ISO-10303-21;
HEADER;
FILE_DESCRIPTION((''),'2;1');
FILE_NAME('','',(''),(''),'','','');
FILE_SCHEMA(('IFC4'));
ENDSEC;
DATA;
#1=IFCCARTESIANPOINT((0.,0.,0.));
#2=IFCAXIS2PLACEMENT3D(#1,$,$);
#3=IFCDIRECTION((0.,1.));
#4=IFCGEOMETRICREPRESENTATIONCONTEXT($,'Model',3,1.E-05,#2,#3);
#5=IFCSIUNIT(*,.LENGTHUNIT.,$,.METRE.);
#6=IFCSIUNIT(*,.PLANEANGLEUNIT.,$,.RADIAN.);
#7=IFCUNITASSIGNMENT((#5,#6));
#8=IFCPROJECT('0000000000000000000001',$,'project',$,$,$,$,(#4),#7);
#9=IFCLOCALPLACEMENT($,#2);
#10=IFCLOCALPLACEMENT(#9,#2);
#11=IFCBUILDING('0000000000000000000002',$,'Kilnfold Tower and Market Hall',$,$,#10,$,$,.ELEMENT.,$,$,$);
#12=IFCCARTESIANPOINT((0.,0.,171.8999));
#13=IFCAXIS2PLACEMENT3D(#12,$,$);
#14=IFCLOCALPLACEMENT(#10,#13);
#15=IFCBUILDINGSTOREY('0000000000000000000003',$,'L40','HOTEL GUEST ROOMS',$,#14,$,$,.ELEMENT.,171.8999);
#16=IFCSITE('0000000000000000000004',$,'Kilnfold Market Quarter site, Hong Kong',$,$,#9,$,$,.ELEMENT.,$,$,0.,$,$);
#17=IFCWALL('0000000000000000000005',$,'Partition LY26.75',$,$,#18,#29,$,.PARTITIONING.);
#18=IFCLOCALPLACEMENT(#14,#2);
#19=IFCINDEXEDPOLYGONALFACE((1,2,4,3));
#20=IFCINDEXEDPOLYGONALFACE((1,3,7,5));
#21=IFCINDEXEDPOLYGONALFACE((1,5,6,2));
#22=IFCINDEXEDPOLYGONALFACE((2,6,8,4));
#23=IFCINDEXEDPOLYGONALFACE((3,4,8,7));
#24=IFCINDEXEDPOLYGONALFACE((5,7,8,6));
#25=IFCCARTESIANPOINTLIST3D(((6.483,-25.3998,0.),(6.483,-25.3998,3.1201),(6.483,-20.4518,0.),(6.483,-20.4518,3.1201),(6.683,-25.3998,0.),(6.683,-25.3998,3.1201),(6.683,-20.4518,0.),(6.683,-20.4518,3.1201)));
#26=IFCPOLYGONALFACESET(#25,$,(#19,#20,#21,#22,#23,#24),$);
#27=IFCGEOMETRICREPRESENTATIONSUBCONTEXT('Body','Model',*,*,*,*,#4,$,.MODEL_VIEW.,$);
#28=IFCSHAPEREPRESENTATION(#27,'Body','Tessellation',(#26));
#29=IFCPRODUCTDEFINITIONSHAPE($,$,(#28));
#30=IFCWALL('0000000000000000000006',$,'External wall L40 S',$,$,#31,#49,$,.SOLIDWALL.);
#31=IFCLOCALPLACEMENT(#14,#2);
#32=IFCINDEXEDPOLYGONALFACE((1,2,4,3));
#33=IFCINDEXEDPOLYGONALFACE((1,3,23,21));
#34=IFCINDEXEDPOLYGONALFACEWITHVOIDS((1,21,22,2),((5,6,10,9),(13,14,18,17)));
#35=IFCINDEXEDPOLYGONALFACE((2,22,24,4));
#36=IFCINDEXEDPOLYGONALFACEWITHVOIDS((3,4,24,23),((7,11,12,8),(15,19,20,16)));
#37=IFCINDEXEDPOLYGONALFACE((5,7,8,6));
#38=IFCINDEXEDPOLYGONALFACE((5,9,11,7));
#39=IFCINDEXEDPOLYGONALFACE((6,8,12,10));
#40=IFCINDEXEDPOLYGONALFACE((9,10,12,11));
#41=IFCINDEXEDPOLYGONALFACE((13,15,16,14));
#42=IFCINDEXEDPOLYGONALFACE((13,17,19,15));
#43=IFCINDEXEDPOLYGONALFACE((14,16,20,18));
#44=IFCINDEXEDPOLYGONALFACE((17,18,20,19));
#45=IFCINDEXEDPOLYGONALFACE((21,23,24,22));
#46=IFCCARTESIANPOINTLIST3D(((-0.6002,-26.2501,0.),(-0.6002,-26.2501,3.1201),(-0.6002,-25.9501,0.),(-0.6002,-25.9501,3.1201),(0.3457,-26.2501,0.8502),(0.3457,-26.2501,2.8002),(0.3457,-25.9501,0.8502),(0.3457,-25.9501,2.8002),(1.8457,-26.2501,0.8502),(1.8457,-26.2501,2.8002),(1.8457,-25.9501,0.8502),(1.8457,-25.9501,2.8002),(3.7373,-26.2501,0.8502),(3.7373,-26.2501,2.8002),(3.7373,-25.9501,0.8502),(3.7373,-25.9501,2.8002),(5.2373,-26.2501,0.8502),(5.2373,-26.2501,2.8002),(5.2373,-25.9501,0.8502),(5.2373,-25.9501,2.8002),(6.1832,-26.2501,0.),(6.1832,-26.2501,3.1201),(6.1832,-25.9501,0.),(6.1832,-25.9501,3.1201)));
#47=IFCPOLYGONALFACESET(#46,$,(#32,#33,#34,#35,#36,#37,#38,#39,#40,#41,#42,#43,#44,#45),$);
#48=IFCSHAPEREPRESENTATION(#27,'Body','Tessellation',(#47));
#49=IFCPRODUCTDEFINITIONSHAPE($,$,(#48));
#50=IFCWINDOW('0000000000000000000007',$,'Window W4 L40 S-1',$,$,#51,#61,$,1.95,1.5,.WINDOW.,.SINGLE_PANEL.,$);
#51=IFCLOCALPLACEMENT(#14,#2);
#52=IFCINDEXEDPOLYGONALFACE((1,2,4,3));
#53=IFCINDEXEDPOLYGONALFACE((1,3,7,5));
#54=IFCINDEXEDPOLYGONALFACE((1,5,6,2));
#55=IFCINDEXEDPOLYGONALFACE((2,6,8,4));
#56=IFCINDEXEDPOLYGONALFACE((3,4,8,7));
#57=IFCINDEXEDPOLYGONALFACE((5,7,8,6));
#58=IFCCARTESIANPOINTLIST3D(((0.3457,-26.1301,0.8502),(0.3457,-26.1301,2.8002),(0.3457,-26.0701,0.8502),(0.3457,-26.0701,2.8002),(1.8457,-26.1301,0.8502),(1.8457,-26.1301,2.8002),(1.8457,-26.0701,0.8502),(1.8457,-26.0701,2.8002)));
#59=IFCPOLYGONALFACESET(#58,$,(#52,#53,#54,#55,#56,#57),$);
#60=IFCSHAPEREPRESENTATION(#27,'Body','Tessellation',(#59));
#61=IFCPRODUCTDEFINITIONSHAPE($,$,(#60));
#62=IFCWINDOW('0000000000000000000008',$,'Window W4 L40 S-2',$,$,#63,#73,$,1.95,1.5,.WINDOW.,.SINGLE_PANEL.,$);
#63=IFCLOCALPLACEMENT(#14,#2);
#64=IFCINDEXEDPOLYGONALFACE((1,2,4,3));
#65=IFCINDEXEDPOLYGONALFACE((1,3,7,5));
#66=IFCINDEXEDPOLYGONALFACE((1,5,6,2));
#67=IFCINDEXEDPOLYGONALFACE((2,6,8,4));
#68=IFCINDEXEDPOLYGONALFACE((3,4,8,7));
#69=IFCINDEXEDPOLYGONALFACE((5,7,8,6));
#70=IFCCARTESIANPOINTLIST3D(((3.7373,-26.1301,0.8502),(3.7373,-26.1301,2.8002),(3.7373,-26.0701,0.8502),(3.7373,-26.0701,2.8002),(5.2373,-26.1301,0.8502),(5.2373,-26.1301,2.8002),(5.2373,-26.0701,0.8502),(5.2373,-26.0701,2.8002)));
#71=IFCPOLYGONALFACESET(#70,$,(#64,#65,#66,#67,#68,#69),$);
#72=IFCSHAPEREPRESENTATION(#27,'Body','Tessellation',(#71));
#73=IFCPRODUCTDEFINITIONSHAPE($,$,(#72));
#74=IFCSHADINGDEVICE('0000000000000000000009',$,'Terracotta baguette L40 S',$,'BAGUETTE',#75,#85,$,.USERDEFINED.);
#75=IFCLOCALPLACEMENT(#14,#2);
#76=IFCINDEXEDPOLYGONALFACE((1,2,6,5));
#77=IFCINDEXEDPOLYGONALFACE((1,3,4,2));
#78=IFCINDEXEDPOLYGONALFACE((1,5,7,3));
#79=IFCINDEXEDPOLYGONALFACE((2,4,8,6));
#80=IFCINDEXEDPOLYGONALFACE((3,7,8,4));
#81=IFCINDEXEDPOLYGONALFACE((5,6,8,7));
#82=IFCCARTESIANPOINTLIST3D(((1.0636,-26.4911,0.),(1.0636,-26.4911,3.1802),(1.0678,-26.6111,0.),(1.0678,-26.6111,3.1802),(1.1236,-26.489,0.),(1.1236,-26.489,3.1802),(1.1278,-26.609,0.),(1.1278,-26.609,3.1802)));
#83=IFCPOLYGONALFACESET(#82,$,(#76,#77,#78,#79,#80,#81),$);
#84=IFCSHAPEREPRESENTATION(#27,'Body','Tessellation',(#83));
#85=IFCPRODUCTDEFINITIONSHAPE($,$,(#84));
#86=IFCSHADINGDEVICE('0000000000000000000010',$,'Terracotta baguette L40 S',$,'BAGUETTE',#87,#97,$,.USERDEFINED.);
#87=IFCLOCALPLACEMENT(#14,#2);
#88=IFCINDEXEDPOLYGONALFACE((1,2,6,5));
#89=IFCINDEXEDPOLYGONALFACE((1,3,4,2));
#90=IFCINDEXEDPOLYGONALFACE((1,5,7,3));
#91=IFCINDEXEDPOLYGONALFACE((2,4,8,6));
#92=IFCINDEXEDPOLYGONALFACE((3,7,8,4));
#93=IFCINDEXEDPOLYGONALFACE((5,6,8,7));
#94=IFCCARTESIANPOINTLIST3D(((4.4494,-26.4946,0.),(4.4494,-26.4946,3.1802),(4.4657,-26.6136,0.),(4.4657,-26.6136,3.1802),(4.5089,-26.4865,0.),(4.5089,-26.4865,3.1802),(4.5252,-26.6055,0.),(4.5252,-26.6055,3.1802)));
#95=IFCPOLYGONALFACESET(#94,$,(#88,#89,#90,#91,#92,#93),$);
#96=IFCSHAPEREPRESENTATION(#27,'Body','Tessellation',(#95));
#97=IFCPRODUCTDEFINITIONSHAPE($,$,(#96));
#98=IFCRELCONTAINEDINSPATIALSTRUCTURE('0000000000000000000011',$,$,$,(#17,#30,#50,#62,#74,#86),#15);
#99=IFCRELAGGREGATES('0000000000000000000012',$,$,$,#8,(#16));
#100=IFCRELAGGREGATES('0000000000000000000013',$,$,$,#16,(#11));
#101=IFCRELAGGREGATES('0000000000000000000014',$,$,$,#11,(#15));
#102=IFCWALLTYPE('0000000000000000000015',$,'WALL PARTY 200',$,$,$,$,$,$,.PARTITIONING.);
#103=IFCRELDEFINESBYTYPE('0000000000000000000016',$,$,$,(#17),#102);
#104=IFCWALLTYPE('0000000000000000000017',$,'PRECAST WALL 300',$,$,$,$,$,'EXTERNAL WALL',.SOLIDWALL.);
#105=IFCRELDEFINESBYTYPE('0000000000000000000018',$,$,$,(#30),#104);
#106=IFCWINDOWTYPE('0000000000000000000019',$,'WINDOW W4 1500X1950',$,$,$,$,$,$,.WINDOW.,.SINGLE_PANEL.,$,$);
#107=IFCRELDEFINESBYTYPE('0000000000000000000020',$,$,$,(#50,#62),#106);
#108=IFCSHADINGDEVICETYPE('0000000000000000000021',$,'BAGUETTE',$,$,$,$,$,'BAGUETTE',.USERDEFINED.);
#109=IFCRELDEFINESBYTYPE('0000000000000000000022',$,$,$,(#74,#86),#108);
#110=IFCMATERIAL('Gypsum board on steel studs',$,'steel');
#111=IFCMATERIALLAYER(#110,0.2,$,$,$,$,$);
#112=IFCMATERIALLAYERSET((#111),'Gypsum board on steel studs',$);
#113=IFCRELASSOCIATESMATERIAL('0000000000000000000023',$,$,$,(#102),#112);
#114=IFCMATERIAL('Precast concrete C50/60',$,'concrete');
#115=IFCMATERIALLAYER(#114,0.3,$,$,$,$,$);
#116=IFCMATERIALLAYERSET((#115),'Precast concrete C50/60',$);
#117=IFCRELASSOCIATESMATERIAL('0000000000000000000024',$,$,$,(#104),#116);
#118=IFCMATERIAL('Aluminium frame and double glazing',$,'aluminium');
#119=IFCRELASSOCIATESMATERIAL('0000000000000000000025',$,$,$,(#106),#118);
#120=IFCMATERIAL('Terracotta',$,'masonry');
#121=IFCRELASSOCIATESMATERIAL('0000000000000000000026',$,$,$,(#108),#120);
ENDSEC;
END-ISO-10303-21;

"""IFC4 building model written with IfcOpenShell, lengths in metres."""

from ifc_helpers import new_model, si_unit, direction, frame, frame_2d, origin, origin_2d, place, context, subcontext, project, spatial, rectangle, extrude, source, transform, mapped, material, layer, layer_set, material_profile, profile_set, type_object, element, fill, save


model = new_model("IFC4")

# Units and contexts
model_context = context("Model", 3, precision=1e-05, world=origin(), true_north=direction((0.0, 1.0)))
body_context = subcontext(model_context, "Body", "Model", "MODEL_VIEW")
ifc_project = project(units=[si_unit("LENGTHUNIT", "METRE"), si_unit("PLANEANGLEUNIT", "RADIAN")], contexts=[model_context])

# Site, building, storey
site_placement = place(None, origin())
site = spatial("IfcSite", under=ifc_project, at=site_placement, Name="Kilnfold Market Quarter site, Hong Kong", CompositionType="ELEMENT", RefElevation=0.0)
building_placement = place(site_placement, origin())
building = spatial("IfcBuilding", under=site, at=building_placement, Name="Kilnfold Tower and Market Hall", CompositionType="ELEMENT")
storey_placement = place(building_placement, frame((0.0, 0.0, 171.8999)))
storey = spatial("IfcBuildingStorey", under=building, at=storey_placement, Name="L40", Description="HOTEL GUEST ROOMS", CompositionType="ELEMENT", Elevation=171.8999)

# Wall
ifc_material_1 = material(Name="Gypsum board on steel studs", Category="steel")
ifc_layer_1 = layer(ifc_material_1, 0.2)
ifc_layer_set_1 = layer_set([ifc_layer_1], Name="Gypsum board on steel studs")
wall_type_1 = type_object("IfcWallType", Name="WALL PARTY 200", PredefinedType="PARTITIONING", material=ifc_layer_set_1)
wall_1_placement = place(storey_placement, frame((6.583, -25.3999, 0.0), z_axis=(0.0, 0.0, 1.0), x_axis=(0.0, 1.0, 0.0)))
element("IfcWall", 1, at=wall_1_placement, inside=storey, type_object=wall_type_1, Name="Partition LY26.75", PredefinedType="PARTITIONING", context=body_context, shape_type="SweptSolid", body=[
    extrude(rectangle(XDim=4.948, YDim=0.2, at=frame_2d((2.4741, 0.0))), origin(), (0.0, 0.0, 1.0), 3.1201),
])

# Wall, openings, windows
ifc_material_2 = material(Name="Precast concrete C50/60", Category="concrete")
ifc_layer_2 = layer(ifc_material_2, 0.3)
ifc_layer_set_2 = layer_set([ifc_layer_2], Name="Precast concrete C50/60")
wall_type_2 = type_object("IfcWallType", Name="PRECAST WALL 300", ElementType="EXTERNAL WALL", PredefinedType="SOLIDWALL", material=ifc_layer_set_2)
shared_shape_1 = source(origin(), body_context, "Body", "SweptSolid", [
    extrude(rectangle(XDim=6.7834, YDim=0.3, at=frame_2d((3.3916, 0.0))), origin(), (0.0, 0.0, 1.0), 3.1201),
])
wall_2_placement = place(storey_placement, frame((-0.6001, -26.1001, 0.0), z_axis=(0.0, 0.0, 1.0), x_axis=(1.0, 0.0, 0.0)))
wall_2 = element("IfcWall", 2, at=wall_2_placement, inside=storey, type_object=wall_type_2, Name="External wall L40 S", PredefinedType="SOLIDWALL", context=body_context, shape_type="MappedRepresentation", body=[
    mapped(shared_shape_1, transform((0.0, 0.0, 0.0))),
])
opening_1_placement = place(wall_2_placement, frame((0.9458, 0.0, 0.8501)))
opening_1 = element("IfcOpeningElement", 3, at=opening_1_placement, cuts=wall_2, PredefinedType="OPENING", context=body_context, shape_type="SweptSolid", body=[
    extrude(rectangle(XDim=1.5, YDim=1.95, at=frame_2d((0.75, 0.9751))), frame((0.0, 0.1602, 0.0), z_axis=(0.0, -1.0, 0.0), x_axis=(1.0, 0.0, 0.0)), (0.0, 0.0, 1.0), 0.3201),
])
opening_2_placement = place(wall_2_placement, frame((4.3374, 0.0, 0.8501)))
opening_2 = element("IfcOpeningElement", 4, at=opening_2_placement, cuts=wall_2, PredefinedType="OPENING", context=body_context, shape_type="SweptSolid", body=[
    extrude(rectangle(XDim=1.5, YDim=1.95, at=frame_2d((0.75, 0.9751))), frame((0.0, 0.1602, 0.0), z_axis=(0.0, -1.0, 0.0), x_axis=(1.0, 0.0, 0.0)), (0.0, 0.0, 1.0), 0.3201),
])
ifc_material_3 = material(Name="Aluminium frame and double glazing", Category="aluminium")
window_type = type_object("IfcWindowType", Name="WINDOW W4 1500X1950", PartitioningType="SINGLE_PANEL", PredefinedType="WINDOW", material=ifc_material_3)
window_1_placement = place(opening_1_placement, origin())
window_1 = element("IfcWindow", 5, at=window_1_placement, inside=storey, type_object=window_type, Name="Window W4 L40 S-1", OverallHeight=1.95, OverallWidth=1.5, PartitioningType="SINGLE_PANEL", PredefinedType="WINDOW", context=body_context, shape_type="SweptSolid", body=[
    extrude(rectangle(XDim=1.5, YDim=1.95, at=frame_2d((0.75, 0.9751))), frame((0.0, 0.03, 0.0), z_axis=(0.0, -1.0, 0.0), x_axis=(1.0, 0.0, 0.0)), (0.0, 0.0, 1.0), 0.0601),
])
fill(opening_1, window_1)
window_2_placement = place(opening_2_placement, origin())
window_2 = element("IfcWindow", 6, at=window_2_placement, inside=storey, type_object=window_type, Name="Window W4 L40 S-2", OverallHeight=1.95, OverallWidth=1.5, PartitioningType="SINGLE_PANEL", PredefinedType="WINDOW", context=body_context, shape_type="SweptSolid", body=[
    extrude(rectangle(XDim=1.5, YDim=1.95, at=frame_2d((0.75, 0.9751))), frame((0.0, 0.03, 0.0), z_axis=(0.0, -1.0, 0.0), x_axis=(1.0, 0.0, 0.0)), (0.0, 0.0, 1.0), 0.0601),
])
fill(opening_2, window_2)

# Shading devices
ifc_material_4 = material(Name="Terracotta", Category="masonry")
ifc_material_profile_1 = material_profile(ifc_material_4, rectangle(XDim=0.0601, YDim=0.1201, at=origin_2d()), Name="BAG 60x120")
ifc_profile_set_1 = profile_set([ifc_material_profile_1], Name="Terracotta")
shading_device_type = type_object("IfcShadingDeviceType", Name="BAGUETTE", ElementType="BAGUETTE", PredefinedType="USERDEFINED", material=ifc_profile_set_1)
shared_shape_2 = source(origin(), body_context, "Body", "SweptSolid", [
    extrude(rectangle(XDim=0.0601, YDim=0.1201, at=origin_2d()), origin(), (0.0, 0.0, 1.0), 3.1802),
])
for number, where, z_axis, x_axis, name in (
    (7, (1.0957, -26.55, 0.0), (0.0, 0.0, 1.0), (0.999376, 0.035311, 0.0), "Terracotta baguette L40 S"),
    (8, (4.4873, -26.55, 0.0), (0.0, 0.0, 1.0), (0.990679, 0.136219, 0.0), "Terracotta baguette L40 S"),
):
    element("IfcShadingDevice", number, at=place(storey_placement, frame(where, z_axis=z_axis, x_axis=x_axis)), inside=storey, type_object=shading_device_type, Name=name, ObjectType="BAGUETTE", PredefinedType="USERDEFINED", context=body_context, shape_type="MappedRepresentation", body=[
        mapped(shared_shape_2, transform((0.0, 0.0, 0.0))),
    ])

save(model, "model.ifc")
